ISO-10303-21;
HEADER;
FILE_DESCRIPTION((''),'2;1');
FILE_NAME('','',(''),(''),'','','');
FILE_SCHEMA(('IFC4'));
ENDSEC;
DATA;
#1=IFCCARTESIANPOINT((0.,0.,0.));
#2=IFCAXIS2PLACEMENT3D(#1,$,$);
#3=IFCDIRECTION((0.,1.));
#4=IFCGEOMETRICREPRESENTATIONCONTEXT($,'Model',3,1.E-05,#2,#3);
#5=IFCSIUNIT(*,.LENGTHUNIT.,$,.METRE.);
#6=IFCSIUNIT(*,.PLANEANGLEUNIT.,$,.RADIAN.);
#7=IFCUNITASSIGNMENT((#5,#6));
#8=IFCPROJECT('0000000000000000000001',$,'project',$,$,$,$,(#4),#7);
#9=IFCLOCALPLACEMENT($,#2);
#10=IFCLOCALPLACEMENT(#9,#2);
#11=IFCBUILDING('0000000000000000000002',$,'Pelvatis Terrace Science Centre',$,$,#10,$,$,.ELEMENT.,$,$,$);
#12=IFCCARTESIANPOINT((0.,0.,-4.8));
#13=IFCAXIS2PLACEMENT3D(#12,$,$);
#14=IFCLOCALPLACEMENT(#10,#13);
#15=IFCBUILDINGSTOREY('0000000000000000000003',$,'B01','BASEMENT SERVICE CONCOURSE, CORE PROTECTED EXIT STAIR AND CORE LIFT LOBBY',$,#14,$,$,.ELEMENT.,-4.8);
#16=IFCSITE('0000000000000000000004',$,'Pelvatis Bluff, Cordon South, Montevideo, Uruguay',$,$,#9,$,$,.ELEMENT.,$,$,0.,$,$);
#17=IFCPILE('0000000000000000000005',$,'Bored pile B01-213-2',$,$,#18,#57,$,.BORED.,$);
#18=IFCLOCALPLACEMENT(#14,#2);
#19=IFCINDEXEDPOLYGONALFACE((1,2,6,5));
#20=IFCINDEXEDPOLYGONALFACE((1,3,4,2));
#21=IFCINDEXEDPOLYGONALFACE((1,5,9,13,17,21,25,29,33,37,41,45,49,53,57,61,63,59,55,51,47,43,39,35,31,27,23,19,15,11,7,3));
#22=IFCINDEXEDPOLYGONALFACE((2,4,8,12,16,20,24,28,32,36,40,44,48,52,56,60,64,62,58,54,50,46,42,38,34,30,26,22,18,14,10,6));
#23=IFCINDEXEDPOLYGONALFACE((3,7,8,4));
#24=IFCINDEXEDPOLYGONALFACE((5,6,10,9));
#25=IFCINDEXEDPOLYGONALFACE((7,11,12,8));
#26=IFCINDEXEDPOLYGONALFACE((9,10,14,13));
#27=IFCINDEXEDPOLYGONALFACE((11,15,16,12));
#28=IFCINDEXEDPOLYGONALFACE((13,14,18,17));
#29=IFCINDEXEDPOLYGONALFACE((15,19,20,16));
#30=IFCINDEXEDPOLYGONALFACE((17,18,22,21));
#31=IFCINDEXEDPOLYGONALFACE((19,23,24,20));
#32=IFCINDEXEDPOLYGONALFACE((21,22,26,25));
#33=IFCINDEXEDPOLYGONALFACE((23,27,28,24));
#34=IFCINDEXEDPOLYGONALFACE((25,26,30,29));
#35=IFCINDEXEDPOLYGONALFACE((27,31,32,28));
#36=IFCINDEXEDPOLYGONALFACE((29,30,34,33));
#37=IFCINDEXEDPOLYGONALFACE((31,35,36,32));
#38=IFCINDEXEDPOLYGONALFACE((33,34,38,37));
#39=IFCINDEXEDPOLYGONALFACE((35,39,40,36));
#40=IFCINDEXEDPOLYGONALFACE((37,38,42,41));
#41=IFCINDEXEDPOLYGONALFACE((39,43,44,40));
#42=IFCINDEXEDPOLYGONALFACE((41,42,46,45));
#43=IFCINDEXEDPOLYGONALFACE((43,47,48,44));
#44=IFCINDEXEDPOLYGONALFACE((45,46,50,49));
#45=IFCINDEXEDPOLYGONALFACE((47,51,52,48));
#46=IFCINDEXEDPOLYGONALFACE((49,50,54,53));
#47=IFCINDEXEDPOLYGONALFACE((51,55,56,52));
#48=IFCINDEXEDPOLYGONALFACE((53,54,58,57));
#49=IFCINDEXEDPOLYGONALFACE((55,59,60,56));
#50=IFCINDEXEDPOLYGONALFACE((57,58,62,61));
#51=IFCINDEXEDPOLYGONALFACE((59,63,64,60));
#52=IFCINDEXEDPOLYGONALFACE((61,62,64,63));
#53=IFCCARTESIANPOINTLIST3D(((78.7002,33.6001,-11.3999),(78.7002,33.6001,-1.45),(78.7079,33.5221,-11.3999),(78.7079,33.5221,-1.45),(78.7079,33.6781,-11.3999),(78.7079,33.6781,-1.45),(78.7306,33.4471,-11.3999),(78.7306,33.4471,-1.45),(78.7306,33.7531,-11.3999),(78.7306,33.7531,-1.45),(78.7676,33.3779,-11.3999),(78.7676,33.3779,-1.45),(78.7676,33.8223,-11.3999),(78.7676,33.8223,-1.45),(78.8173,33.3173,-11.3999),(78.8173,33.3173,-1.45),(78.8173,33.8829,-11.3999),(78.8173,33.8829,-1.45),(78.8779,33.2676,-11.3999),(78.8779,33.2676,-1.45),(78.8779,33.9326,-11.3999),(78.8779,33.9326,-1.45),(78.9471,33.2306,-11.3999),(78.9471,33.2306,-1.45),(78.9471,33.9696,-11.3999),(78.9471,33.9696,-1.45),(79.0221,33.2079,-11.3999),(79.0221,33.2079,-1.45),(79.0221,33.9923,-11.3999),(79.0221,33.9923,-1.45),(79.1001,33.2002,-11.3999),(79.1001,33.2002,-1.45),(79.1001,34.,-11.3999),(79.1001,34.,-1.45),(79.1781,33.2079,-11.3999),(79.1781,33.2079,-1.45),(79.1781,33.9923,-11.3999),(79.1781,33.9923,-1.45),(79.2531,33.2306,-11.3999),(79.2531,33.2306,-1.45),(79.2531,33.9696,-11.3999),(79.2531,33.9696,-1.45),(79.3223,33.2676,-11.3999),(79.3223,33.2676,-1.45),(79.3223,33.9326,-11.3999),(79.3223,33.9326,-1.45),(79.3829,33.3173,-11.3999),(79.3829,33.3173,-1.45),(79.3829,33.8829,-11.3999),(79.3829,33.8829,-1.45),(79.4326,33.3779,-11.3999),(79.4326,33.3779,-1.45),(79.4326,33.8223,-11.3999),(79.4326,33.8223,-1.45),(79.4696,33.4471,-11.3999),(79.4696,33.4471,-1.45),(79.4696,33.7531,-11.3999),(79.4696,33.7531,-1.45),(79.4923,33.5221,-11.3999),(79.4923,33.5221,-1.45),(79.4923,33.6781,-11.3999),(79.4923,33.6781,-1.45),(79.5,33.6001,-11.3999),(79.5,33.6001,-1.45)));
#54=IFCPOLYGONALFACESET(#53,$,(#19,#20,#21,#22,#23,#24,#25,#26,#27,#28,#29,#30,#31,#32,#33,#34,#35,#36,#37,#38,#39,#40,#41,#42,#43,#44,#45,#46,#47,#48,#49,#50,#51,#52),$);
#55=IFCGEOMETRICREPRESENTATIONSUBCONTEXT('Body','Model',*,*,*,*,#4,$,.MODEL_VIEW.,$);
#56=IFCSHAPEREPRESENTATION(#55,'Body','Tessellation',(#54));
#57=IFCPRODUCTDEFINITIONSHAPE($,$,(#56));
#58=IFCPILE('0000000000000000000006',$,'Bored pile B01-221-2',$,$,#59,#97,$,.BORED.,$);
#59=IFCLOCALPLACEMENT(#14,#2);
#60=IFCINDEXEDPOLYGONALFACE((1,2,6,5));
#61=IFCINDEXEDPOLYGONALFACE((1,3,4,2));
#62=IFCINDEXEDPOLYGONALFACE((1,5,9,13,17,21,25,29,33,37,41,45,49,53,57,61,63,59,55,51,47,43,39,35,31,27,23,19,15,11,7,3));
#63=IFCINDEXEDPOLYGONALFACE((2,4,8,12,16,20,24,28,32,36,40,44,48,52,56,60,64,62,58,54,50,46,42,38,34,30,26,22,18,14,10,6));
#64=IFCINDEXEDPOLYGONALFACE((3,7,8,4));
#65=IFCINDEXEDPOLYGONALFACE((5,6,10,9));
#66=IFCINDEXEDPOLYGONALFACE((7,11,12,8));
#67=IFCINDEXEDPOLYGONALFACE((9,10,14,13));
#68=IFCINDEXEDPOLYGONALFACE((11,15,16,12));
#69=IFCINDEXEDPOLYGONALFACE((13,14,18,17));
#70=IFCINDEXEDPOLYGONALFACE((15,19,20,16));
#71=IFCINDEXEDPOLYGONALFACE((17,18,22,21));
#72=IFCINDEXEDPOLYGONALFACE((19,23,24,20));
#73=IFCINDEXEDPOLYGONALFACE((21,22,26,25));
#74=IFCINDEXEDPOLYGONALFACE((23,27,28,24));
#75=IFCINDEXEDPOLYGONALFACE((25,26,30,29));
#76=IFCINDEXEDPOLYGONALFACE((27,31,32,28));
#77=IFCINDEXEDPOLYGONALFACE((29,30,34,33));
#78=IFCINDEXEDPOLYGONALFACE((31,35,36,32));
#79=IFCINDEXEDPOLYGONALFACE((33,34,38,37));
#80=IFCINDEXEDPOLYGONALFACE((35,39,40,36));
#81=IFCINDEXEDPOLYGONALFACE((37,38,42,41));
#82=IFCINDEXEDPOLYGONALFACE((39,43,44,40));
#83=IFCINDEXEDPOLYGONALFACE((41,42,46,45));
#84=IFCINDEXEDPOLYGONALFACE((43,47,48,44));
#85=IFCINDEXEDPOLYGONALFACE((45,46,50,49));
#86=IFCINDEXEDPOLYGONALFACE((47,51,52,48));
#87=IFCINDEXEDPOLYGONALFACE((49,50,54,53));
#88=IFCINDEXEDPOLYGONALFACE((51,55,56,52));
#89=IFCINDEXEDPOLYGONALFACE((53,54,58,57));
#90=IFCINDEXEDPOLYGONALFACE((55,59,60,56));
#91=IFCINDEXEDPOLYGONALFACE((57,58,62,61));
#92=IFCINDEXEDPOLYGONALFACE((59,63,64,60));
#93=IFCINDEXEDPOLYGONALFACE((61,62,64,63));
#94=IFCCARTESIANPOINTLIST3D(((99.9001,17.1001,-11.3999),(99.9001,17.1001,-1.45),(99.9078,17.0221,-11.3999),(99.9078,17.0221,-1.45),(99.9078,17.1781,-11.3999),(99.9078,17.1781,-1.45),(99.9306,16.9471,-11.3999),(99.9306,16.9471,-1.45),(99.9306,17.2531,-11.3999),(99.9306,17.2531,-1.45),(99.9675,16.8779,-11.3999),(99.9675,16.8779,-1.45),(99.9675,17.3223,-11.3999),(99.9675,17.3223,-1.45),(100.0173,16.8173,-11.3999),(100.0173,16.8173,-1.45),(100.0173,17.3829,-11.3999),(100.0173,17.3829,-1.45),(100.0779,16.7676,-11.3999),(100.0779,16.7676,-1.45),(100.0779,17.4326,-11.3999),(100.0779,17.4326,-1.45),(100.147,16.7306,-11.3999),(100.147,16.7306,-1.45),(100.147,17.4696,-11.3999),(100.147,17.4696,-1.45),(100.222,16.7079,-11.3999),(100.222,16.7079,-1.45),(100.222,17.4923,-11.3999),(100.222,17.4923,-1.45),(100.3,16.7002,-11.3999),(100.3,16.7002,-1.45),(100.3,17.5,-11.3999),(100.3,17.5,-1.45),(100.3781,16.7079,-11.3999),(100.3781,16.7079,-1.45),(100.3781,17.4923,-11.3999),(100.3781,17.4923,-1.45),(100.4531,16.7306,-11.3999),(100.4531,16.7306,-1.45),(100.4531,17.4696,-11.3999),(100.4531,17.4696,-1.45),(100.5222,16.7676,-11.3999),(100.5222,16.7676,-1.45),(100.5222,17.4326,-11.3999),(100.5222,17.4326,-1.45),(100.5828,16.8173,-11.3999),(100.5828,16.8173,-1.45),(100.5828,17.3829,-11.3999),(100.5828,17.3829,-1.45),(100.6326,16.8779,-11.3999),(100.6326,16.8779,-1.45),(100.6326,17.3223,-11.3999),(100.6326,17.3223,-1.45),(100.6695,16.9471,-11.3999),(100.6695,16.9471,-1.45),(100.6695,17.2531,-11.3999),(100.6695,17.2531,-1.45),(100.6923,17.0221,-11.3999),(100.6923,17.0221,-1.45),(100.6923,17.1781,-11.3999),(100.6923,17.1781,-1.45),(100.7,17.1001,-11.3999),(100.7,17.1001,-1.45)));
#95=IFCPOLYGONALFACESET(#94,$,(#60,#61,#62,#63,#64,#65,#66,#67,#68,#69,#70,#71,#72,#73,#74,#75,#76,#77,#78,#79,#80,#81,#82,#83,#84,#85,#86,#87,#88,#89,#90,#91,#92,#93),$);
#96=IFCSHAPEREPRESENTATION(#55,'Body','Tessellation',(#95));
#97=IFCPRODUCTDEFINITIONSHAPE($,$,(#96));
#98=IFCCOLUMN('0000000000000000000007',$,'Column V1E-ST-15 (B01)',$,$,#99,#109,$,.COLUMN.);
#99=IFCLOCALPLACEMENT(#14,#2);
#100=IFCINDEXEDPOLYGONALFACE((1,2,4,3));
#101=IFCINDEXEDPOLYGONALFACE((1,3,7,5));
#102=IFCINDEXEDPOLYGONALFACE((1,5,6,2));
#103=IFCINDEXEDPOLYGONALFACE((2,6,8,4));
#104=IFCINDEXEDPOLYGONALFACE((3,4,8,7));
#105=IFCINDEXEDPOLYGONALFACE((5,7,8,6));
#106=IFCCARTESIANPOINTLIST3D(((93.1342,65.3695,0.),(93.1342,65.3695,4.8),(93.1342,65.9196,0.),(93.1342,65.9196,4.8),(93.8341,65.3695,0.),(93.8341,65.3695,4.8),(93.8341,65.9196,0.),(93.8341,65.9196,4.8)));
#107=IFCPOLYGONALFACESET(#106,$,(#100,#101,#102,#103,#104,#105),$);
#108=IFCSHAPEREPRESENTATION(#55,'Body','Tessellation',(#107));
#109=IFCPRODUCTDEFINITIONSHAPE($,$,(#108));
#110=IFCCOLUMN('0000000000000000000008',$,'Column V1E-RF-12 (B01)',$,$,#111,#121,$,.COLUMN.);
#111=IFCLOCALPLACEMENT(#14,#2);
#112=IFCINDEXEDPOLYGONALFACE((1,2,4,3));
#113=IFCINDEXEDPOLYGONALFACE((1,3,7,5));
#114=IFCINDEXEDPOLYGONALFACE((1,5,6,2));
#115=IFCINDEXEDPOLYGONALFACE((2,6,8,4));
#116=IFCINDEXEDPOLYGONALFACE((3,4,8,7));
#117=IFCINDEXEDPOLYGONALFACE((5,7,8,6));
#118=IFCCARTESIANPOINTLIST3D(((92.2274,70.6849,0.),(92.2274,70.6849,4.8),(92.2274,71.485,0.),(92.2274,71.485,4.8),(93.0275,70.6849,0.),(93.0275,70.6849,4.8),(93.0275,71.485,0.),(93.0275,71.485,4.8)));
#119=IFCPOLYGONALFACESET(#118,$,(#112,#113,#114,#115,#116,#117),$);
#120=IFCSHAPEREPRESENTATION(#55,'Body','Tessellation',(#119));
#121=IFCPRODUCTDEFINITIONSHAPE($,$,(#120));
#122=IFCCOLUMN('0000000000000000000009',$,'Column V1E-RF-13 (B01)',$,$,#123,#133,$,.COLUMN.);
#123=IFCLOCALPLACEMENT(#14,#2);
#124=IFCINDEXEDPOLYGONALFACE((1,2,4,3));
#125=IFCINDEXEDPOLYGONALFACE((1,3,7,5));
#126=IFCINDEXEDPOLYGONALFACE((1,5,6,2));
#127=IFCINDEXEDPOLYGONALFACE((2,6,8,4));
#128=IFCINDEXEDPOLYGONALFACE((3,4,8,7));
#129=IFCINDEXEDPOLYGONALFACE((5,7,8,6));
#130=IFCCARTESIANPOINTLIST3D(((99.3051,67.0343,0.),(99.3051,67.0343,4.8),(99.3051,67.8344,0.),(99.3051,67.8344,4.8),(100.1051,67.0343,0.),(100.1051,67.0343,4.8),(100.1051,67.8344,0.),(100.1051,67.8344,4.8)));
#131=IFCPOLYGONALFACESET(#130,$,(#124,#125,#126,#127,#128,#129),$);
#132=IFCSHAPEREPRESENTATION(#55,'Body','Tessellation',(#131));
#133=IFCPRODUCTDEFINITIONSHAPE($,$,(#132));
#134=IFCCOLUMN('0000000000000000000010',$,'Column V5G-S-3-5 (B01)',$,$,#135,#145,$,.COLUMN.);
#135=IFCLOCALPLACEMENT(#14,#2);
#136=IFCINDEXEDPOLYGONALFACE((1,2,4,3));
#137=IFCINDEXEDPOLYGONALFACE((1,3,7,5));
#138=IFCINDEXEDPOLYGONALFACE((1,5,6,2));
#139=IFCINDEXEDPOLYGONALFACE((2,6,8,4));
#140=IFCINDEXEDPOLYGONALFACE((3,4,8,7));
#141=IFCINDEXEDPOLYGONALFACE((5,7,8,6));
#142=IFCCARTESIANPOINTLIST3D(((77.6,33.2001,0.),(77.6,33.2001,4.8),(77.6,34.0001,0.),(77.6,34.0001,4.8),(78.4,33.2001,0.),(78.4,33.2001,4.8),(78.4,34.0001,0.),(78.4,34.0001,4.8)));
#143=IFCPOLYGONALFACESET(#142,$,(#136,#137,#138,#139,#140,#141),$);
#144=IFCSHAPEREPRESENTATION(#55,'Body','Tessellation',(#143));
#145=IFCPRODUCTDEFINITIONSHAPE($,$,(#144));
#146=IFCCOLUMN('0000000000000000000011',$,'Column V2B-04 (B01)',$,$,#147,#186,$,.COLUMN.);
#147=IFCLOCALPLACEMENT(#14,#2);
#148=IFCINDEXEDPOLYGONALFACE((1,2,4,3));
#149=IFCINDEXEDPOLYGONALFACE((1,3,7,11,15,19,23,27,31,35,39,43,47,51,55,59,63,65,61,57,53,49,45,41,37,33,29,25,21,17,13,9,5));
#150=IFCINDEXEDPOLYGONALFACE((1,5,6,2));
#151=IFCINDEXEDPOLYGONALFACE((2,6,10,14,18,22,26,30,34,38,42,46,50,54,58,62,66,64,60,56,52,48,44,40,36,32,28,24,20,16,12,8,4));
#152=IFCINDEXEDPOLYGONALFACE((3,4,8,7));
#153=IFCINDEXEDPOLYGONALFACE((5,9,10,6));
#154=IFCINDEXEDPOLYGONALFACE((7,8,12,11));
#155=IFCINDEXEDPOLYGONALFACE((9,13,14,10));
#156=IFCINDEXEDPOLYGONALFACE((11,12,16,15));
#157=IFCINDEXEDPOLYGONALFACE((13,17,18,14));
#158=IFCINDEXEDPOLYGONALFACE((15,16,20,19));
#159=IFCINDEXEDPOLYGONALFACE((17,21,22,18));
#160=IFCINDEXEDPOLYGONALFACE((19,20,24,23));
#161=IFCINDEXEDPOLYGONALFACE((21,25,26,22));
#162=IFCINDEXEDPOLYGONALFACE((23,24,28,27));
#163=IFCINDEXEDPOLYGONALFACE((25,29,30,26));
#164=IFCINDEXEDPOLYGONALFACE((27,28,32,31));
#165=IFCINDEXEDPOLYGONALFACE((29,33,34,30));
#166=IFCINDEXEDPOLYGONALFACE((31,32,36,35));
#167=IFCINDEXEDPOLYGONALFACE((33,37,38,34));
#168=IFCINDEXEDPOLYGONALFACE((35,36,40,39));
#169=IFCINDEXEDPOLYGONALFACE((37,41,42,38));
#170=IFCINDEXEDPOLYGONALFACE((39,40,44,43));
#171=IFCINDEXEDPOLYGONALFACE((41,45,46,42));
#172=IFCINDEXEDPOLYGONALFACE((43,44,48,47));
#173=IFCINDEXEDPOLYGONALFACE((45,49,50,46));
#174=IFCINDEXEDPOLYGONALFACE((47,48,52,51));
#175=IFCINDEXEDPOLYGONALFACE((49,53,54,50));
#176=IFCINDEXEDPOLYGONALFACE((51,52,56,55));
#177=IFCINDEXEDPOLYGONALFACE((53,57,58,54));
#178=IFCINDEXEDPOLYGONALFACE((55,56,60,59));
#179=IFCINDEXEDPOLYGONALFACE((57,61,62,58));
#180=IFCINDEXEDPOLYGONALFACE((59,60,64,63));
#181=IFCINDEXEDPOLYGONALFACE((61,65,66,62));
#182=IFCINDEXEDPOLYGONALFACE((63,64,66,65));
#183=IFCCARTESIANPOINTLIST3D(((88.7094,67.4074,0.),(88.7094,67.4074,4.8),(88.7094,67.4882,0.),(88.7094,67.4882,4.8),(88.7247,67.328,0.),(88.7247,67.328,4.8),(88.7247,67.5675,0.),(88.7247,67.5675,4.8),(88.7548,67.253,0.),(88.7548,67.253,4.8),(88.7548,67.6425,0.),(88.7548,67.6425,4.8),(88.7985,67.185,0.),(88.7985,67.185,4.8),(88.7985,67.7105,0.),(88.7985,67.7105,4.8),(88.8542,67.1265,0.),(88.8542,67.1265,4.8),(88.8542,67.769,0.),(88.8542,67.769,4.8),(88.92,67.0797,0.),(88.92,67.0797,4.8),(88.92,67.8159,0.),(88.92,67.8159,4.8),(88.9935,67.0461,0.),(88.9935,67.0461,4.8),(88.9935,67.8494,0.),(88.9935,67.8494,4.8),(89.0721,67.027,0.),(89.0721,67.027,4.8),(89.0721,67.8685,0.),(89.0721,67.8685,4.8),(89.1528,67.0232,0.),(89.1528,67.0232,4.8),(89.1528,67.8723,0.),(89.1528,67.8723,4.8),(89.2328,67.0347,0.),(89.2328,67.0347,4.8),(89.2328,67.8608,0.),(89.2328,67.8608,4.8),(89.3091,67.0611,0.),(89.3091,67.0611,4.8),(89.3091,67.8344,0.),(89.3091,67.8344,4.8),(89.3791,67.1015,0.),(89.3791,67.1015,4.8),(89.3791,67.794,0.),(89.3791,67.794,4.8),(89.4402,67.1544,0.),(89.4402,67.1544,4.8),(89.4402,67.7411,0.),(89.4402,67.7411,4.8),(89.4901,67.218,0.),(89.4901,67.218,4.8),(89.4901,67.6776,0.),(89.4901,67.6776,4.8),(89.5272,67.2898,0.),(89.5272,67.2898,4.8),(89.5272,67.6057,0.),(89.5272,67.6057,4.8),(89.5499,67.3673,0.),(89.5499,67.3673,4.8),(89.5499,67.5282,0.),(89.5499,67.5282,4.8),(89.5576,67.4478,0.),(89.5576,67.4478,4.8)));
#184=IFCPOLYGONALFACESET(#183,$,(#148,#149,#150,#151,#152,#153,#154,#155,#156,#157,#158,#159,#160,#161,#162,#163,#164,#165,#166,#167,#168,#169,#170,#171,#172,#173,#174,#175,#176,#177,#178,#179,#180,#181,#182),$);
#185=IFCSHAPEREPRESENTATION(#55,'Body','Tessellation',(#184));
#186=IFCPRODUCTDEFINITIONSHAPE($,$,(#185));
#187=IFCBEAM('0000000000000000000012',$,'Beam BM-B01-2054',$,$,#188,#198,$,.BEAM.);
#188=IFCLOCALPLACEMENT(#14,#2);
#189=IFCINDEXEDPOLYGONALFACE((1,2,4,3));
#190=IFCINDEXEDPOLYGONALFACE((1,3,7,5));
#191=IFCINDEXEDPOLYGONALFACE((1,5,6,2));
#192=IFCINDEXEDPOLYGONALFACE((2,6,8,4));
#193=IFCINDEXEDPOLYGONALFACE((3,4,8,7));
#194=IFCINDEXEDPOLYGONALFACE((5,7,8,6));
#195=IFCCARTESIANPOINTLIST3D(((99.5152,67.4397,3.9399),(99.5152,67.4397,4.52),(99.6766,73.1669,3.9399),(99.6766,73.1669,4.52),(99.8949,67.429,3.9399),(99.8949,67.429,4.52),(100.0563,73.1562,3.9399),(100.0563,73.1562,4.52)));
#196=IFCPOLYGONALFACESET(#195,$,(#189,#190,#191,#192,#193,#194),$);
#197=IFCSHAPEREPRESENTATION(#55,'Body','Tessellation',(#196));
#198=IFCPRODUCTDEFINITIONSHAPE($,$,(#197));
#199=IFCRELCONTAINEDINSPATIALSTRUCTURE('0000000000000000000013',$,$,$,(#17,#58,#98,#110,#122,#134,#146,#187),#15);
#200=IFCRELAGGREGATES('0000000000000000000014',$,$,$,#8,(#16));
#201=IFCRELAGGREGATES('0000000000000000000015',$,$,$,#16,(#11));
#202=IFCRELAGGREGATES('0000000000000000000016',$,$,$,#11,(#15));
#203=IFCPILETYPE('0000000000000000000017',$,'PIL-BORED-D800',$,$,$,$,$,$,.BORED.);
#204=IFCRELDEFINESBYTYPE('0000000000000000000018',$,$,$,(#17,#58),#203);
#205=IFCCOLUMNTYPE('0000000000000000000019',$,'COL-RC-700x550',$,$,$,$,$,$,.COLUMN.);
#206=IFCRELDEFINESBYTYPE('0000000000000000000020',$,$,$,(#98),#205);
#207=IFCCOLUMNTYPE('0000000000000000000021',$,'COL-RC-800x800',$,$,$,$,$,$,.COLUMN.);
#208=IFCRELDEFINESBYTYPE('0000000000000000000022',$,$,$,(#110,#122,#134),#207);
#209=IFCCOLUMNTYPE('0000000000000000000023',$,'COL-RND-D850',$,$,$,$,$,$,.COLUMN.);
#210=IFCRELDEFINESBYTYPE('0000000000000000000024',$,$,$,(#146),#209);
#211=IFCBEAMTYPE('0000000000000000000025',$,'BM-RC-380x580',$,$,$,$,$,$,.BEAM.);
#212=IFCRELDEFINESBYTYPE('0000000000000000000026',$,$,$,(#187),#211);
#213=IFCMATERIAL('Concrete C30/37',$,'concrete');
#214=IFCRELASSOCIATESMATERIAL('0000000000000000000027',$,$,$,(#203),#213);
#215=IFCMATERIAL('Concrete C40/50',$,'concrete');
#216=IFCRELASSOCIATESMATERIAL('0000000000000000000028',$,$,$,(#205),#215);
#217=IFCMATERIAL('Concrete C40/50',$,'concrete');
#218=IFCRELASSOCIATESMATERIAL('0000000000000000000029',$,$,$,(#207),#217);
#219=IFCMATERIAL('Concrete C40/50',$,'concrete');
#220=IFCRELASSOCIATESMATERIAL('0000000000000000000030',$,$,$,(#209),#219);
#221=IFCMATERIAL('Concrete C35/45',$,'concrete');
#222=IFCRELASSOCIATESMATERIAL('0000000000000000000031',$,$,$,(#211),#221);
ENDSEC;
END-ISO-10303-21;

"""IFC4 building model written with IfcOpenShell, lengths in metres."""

from ifc_helpers import new_model, si_unit, direction, frame, origin, origin_2d, place, context, subcontext, project, spatial, rectangle, circle, extrude, material, material_profile, profile_set, type_object, element, save


model = new_model("IFC4")

# Units and contexts
model_context = context("Model", 3, precision=1e-05, world=origin(), true_north=direction((0.0, 1.0)))
body_context = subcontext(model_context, "Body", "Model", "MODEL_VIEW")
ifc_project = project(units=[si_unit("LENGTHUNIT", "METRE"), si_unit("PLANEANGLEUNIT", "RADIAN")], contexts=[model_context])

# Site, building, storey
site_placement = place(None, origin())
site = spatial("IfcSite", under=ifc_project, at=site_placement, Name="Pelvatis Bluff, Cordon South, Montevideo, Uruguay", CompositionType="ELEMENT", RefElevation=0.0)
building_placement = place(site_placement, origin())
building = spatial("IfcBuilding", under=site, at=building_placement, Name="Pelvatis Terrace Science Centre", CompositionType="ELEMENT")
storey_placement = place(building_placement, frame((0.0, 0.0, -4.8)))
storey = spatial("IfcBuildingStorey", under=building, at=storey_placement, Name="B01", Description="BASEMENT SERVICE CONCOURSE, CORE PROTECTED EXIT STAIR AND CORE LIFT LOBBY", CompositionType="ELEMENT", Elevation=-4.8)

# Piles
ifc_material_1 = material(Name="Concrete C30/37", Category="concrete")
ifc_material_profile_1 = material_profile(ifc_material_1, circle(Radius=0.3999, at=origin_2d()), Name="PILE D800")
ifc_profile_set_1 = profile_set([ifc_material_profile_1], Name="Concrete C30/37")
pile_type = type_object("IfcPileType", Name="PIL-BORED-D800", PredefinedType="BORED", material=ifc_profile_set_1)
for number, where, z_axis, x_axis, name in (
    (1, (79.1001, 33.6001, -1.45), (0.0, 0.0, -1.0), (1.0, 0.0, 0.0), "Bored pile B01-213-2"),
    (2, (100.3, 17.1001, -1.45), (0.0, 0.0, -1.0), (1.0, 0.0, 0.0), "Bored pile B01-221-2"),
):
    element("IfcPile", number, at=place(storey_placement, frame(where, z_axis=z_axis, x_axis=x_axis)), inside=storey, type_object=pile_type, Name=name, PredefinedType="BORED", context=body_context, shape_type="SweptSolid", body=[
        extrude(circle(Radius=0.3999, at=origin_2d()), origin(), (0.0, 0.0, 1.0), 9.95),
    ])

# Columns
ifc_material_2 = material(Name="Concrete C40/50", Category="concrete")
ifc_material_profile_2 = material_profile(ifc_material_2, rectangle(XDim=0.7, YDim=0.55, at=origin_2d()), Name="RC-COL 700x550")
ifc_profile_set_2 = profile_set([ifc_material_profile_2], Name="Concrete C40/50")
column_type_1 = type_object("IfcColumnType", Name="COL-RC-700x550", PredefinedType="COLUMN", material=ifc_profile_set_2)
column_1_placement = place(storey_placement, frame((93.4841, 65.6445, 0.0), z_axis=(0.0, 0.0, 1.0), x_axis=(1.0, 0.0, 0.0)))
element("IfcColumn", 3, at=column_1_placement, inside=storey, type_object=column_type_1, Name="Column V1E-ST-15 (B01)", PredefinedType="COLUMN", context=body_context, shape_type="SweptSolid", body=[
    extrude(rectangle(XDim=0.7, YDim=0.55, at=origin_2d()), origin(), (0.0, 0.0, 1.0), 4.8),
])
ifc_material_3 = material(Name="Concrete C40/50", Category="concrete")
ifc_material_profile_3 = material_profile(ifc_material_3, rectangle(XDim=0.8, YDim=0.8, at=origin_2d()), Name="RC-COL 800x800")
ifc_profile_set_3 = profile_set([ifc_material_profile_3], Name="Concrete C40/50")
column_type_2 = type_object("IfcColumnType", Name="COL-RC-800x800", PredefinedType="COLUMN", material=ifc_profile_set_3)
for number, where, z_axis, x_axis, name in (
    (4, (92.6274, 71.085, 0.0), (0.0, 0.0, 1.0), (1.0, 0.0, 0.0), "Column V1E-RF-12 (B01)"),
    (5, (99.7051, 67.4343, 0.0), (0.0, 0.0, 1.0), (1.0, 0.0, 0.0), "Column V1E-RF-13 (B01)"),
    (6, (78.0, 33.6001, 0.0), (0.0, 0.0, 1.0), (1.0, 0.0, 0.0), "Column V5G-S-3-5 (B01)"),
):
    element("IfcColumn", number, at=place(storey_placement, frame(where, z_axis=z_axis, x_axis=x_axis)), inside=storey, type_object=column_type_2, Name=name, PredefinedType="COLUMN", context=body_context, shape_type="SweptSolid", body=[
        extrude(rectangle(XDim=0.8, YDim=0.8, at=origin_2d()), origin(), (0.0, 0.0, 1.0), 4.8),
    ])
ifc_material_4 = material(Name="Concrete C40/50", Category="concrete")
ifc_material_profile_4 = material_profile(ifc_material_4, circle(Radius=0.425, at=origin_2d()), Name="RC-RCOL D850")
ifc_profile_set_4 = profile_set([ifc_material_profile_4], Name="Concrete C40/50")
column_type_3 = type_object("IfcColumnType", Name="COL-RND-D850", PredefinedType="COLUMN", material=ifc_profile_set_4)
column_2_placement = place(storey_placement, frame((89.1326, 67.4478, 0.0), z_axis=(0.0, 0.0, 1.0), x_axis=(1.0, 0.0, 0.0)))
element("IfcColumn", 7, at=column_2_placement, inside=storey, type_object=column_type_3, Name="Column V2B-04 (B01)", PredefinedType="COLUMN", context=body_context, shape_type="SweptSolid", body=[
    extrude(circle(Radius=0.425, at=origin_2d()), origin(), (0.0, 0.0, 1.0), 4.8),
])

# Beam
ifc_material_5 = material(Name="Concrete C35/45", Category="concrete")
ifc_material_profile_5 = material_profile(ifc_material_5, rectangle(XDim=0.3799, YDim=0.5801, at=origin_2d()), Name="RC-BM 380x580")
ifc_profile_set_5 = profile_set([ifc_material_profile_5], Name="Concrete C35/45")
beam_type_1 = type_object("IfcBeamType", Name="BM-RC-380x580", PredefinedType="BEAM", material=ifc_profile_set_5)
beam_1_placement = place(storey_placement, frame((99.7051, 67.4343, 4.23), z_axis=(0.028166, 0.999603, 0.0), x_axis=(-0.999603, 0.028166, 0.0)))
element("IfcBeam", 8, at=beam_1_placement, inside=storey, type_object=beam_type_1, Name="Beam BM-B01-2054", PredefinedType="BEAM", context=body_context, shape_type="SweptSolid", body=[
    extrude(rectangle(XDim=0.3799, YDim=0.5801, at=origin_2d()), origin(), (0.0, 0.0, 1.0), 5.7295),
])

save(model, "model.ifc")
